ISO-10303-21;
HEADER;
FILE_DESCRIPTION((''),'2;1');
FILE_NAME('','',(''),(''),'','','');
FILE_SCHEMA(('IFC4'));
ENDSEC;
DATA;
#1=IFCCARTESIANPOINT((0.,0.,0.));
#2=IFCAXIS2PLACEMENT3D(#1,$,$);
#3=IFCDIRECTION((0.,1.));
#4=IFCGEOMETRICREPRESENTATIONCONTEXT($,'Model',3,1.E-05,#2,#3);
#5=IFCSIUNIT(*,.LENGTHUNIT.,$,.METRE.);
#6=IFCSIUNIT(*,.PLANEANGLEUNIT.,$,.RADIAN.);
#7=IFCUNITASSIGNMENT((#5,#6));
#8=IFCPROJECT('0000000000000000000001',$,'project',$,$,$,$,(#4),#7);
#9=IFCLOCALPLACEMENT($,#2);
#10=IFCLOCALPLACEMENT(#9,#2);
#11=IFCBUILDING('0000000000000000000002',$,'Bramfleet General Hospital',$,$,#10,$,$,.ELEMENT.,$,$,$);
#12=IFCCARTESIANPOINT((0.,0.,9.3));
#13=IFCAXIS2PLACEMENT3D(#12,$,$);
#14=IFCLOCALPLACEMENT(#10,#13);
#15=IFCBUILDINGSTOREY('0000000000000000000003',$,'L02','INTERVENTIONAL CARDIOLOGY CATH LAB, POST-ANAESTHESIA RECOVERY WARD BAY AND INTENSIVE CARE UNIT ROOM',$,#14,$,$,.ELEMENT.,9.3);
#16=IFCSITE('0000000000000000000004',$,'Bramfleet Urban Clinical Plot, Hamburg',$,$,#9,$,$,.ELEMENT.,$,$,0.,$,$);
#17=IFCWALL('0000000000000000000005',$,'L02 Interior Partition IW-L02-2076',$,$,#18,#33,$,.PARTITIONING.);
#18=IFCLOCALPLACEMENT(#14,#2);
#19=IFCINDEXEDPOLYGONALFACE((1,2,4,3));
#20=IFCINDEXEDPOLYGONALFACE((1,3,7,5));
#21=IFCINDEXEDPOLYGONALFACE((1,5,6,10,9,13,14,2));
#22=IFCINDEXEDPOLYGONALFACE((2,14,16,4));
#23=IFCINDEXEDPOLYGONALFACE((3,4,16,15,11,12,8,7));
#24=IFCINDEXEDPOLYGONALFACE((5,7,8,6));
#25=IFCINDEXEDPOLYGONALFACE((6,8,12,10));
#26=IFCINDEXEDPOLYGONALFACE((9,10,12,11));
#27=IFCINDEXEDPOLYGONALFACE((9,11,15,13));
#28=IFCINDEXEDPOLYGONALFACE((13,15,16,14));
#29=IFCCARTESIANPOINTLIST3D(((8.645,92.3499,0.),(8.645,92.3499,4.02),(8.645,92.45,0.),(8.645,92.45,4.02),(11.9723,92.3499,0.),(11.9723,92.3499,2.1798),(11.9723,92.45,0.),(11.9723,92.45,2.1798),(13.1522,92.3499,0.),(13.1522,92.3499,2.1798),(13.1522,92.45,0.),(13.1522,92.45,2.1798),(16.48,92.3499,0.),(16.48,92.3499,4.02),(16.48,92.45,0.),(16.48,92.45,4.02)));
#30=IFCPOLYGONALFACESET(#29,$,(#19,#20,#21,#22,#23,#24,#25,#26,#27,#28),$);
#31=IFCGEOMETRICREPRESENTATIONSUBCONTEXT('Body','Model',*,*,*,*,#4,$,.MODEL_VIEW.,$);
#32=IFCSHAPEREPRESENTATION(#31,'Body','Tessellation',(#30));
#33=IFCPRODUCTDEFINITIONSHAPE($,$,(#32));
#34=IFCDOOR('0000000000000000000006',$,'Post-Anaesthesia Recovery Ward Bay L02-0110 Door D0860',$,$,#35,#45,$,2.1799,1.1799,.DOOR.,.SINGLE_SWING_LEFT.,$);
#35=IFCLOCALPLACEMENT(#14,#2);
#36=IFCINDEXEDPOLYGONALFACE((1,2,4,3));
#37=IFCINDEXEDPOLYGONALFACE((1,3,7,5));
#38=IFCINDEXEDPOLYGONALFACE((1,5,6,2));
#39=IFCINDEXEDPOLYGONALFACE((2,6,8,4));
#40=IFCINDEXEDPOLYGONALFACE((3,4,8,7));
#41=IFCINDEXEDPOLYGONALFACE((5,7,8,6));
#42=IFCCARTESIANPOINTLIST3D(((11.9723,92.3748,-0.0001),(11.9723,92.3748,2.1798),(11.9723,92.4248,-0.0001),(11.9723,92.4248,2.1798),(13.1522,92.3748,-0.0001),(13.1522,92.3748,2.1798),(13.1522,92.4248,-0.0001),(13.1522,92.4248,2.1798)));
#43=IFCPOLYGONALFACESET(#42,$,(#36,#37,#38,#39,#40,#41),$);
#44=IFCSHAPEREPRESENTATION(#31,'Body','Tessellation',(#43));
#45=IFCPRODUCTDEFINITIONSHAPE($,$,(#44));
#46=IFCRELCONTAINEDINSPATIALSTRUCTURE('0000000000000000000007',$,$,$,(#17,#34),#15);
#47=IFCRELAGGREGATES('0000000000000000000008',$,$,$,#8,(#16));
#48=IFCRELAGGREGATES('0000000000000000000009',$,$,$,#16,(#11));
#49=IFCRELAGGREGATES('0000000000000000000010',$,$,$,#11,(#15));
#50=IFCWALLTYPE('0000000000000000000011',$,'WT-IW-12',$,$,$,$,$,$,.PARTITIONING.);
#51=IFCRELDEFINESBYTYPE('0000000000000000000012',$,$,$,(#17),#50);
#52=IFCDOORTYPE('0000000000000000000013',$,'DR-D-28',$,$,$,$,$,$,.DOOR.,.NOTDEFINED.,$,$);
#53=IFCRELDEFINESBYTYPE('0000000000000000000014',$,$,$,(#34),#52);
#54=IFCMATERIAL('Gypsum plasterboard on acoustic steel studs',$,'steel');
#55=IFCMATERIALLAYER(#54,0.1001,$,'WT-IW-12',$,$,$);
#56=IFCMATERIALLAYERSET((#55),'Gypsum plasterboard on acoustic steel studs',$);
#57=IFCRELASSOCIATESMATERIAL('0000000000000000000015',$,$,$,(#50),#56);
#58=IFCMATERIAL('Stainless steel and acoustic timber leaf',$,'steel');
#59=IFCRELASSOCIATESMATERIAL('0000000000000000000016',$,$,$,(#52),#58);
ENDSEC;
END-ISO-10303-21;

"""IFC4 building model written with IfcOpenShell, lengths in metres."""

from ifc_helpers import new_model, si_unit, direction, frame, frame_2d, origin, place, context, subcontext, project, spatial, rectangle, extrude, material, layer, layer_set, type_object, element, fill, save


model = new_model("IFC4")

# Units and contexts
model_context = context("Model", 3, precision=1e-05, world=origin(), true_north=direction((0.0, 1.0)))
body_context = subcontext(model_context, "Body", "Model", "MODEL_VIEW")
ifc_project = project(units=[si_unit("LENGTHUNIT", "METRE"), si_unit("PLANEANGLEUNIT", "RADIAN")], contexts=[model_context])

# Site, building, storey
site_placement = place(None, origin())
site = spatial("IfcSite", under=ifc_project, at=site_placement, Name="Bramfleet Urban Clinical Plot, Hamburg", CompositionType="ELEMENT", RefElevation=0.0)
building_placement = place(site_placement, origin())
building = spatial("IfcBuilding", under=site, at=building_placement, Name="Bramfleet General Hospital", CompositionType="ELEMENT")
storey_placement = place(building_placement, frame((0.0, 0.0, 9.3)))
storey = spatial("IfcBuildingStorey", under=building, at=storey_placement, Name="L02", Description="INTERVENTIONAL CARDIOLOGY CATH LAB, POST-ANAESTHESIA RECOVERY WARD BAY AND INTENSIVE CARE UNIT ROOM", CompositionType="ELEMENT", Elevation=9.3)

# Shared definitions
ifc_material_1 = material(Name="Stainless steel and acoustic timber leaf", Category="steel")

# Shared definitions
ifc_material_2 = material(Name="Gypsum plasterboard on acoustic steel studs", Category="steel")

# Wall, opening, door
ifc_layer_1 = layer(ifc_material_2, 0.1001, Name="WT-IW-12")
ifc_layer_set_1 = layer_set([ifc_layer_1], Name="Gypsum plasterboard on acoustic steel studs")
wall_type_1 = type_object("IfcWallType", Name="WT-IW-12", PredefinedType="PARTITIONING", material=ifc_layer_set_1)
wall_1_placement = place(storey_placement, frame((8.645, 92.3999, 0.0), z_axis=(0.0, 0.0, 1.0), x_axis=(1.0, 0.0, 0.0)))
wall_1 = element("IfcWall", 1, at=wall_1_placement, inside=storey, type_object=wall_type_1, Name="L02 Interior Partition IW-L02-2076", PredefinedType="PARTITIONING", context=body_context, shape_type="SweptSolid", body=[
    extrude(rectangle(XDim=7.835, YDim=0.1001, at=frame_2d((3.9175, 0.0))), origin(), (0.0, 0.0, 1.0), 4.02),
])
opening_1_placement = place(wall_1_placement, frame((3.3274, 0.0, 0.0)))
opening_1 = element("IfcOpeningElement", 2, at=opening_1_placement, cuts=wall_1, PredefinedType="OPENING", context=body_context, shape_type="SweptSolid", body=[
    extrude(rectangle(XDim=1.1799, YDim=2.1799, at=frame_2d((0.5898, 1.0898))), frame((0.0, 0.0601, 0.0), z_axis=(0.0, -1.0, 0.0), x_axis=(1.0, 0.0, 0.0)), (0.0, 0.0, 1.0), 0.1201),
])
door_type_1 = type_object("IfcDoorType", Name="DR-D-28", OperationType="NOTDEFINED", PredefinedType="DOOR", material=ifc_material_1)
door_1_placement = place(opening_1_placement, origin())
door_1 = element("IfcDoor", 3, at=door_1_placement, inside=storey, type_object=door_type_1, Name="Post-Anaesthesia Recovery Ward Bay L02-0110 Door D0860", OperationType="SINGLE_SWING_LEFT", OverallHeight=2.1799, OverallWidth=1.1799, PredefinedType="DOOR", context=body_context, shape_type="SweptSolid", body=[
    extrude(rectangle(XDim=1.1799, YDim=2.1799, at=frame_2d((0.5898, 1.0898))), frame((0.0, 0.0249, 0.0), z_axis=(0.0, -1.0, 0.0), x_axis=(1.0, 0.0, 0.0)), (0.0, 0.0, 1.0), 0.05),
])
fill(opening_1, door_1)

save(model, "model.ifc")
